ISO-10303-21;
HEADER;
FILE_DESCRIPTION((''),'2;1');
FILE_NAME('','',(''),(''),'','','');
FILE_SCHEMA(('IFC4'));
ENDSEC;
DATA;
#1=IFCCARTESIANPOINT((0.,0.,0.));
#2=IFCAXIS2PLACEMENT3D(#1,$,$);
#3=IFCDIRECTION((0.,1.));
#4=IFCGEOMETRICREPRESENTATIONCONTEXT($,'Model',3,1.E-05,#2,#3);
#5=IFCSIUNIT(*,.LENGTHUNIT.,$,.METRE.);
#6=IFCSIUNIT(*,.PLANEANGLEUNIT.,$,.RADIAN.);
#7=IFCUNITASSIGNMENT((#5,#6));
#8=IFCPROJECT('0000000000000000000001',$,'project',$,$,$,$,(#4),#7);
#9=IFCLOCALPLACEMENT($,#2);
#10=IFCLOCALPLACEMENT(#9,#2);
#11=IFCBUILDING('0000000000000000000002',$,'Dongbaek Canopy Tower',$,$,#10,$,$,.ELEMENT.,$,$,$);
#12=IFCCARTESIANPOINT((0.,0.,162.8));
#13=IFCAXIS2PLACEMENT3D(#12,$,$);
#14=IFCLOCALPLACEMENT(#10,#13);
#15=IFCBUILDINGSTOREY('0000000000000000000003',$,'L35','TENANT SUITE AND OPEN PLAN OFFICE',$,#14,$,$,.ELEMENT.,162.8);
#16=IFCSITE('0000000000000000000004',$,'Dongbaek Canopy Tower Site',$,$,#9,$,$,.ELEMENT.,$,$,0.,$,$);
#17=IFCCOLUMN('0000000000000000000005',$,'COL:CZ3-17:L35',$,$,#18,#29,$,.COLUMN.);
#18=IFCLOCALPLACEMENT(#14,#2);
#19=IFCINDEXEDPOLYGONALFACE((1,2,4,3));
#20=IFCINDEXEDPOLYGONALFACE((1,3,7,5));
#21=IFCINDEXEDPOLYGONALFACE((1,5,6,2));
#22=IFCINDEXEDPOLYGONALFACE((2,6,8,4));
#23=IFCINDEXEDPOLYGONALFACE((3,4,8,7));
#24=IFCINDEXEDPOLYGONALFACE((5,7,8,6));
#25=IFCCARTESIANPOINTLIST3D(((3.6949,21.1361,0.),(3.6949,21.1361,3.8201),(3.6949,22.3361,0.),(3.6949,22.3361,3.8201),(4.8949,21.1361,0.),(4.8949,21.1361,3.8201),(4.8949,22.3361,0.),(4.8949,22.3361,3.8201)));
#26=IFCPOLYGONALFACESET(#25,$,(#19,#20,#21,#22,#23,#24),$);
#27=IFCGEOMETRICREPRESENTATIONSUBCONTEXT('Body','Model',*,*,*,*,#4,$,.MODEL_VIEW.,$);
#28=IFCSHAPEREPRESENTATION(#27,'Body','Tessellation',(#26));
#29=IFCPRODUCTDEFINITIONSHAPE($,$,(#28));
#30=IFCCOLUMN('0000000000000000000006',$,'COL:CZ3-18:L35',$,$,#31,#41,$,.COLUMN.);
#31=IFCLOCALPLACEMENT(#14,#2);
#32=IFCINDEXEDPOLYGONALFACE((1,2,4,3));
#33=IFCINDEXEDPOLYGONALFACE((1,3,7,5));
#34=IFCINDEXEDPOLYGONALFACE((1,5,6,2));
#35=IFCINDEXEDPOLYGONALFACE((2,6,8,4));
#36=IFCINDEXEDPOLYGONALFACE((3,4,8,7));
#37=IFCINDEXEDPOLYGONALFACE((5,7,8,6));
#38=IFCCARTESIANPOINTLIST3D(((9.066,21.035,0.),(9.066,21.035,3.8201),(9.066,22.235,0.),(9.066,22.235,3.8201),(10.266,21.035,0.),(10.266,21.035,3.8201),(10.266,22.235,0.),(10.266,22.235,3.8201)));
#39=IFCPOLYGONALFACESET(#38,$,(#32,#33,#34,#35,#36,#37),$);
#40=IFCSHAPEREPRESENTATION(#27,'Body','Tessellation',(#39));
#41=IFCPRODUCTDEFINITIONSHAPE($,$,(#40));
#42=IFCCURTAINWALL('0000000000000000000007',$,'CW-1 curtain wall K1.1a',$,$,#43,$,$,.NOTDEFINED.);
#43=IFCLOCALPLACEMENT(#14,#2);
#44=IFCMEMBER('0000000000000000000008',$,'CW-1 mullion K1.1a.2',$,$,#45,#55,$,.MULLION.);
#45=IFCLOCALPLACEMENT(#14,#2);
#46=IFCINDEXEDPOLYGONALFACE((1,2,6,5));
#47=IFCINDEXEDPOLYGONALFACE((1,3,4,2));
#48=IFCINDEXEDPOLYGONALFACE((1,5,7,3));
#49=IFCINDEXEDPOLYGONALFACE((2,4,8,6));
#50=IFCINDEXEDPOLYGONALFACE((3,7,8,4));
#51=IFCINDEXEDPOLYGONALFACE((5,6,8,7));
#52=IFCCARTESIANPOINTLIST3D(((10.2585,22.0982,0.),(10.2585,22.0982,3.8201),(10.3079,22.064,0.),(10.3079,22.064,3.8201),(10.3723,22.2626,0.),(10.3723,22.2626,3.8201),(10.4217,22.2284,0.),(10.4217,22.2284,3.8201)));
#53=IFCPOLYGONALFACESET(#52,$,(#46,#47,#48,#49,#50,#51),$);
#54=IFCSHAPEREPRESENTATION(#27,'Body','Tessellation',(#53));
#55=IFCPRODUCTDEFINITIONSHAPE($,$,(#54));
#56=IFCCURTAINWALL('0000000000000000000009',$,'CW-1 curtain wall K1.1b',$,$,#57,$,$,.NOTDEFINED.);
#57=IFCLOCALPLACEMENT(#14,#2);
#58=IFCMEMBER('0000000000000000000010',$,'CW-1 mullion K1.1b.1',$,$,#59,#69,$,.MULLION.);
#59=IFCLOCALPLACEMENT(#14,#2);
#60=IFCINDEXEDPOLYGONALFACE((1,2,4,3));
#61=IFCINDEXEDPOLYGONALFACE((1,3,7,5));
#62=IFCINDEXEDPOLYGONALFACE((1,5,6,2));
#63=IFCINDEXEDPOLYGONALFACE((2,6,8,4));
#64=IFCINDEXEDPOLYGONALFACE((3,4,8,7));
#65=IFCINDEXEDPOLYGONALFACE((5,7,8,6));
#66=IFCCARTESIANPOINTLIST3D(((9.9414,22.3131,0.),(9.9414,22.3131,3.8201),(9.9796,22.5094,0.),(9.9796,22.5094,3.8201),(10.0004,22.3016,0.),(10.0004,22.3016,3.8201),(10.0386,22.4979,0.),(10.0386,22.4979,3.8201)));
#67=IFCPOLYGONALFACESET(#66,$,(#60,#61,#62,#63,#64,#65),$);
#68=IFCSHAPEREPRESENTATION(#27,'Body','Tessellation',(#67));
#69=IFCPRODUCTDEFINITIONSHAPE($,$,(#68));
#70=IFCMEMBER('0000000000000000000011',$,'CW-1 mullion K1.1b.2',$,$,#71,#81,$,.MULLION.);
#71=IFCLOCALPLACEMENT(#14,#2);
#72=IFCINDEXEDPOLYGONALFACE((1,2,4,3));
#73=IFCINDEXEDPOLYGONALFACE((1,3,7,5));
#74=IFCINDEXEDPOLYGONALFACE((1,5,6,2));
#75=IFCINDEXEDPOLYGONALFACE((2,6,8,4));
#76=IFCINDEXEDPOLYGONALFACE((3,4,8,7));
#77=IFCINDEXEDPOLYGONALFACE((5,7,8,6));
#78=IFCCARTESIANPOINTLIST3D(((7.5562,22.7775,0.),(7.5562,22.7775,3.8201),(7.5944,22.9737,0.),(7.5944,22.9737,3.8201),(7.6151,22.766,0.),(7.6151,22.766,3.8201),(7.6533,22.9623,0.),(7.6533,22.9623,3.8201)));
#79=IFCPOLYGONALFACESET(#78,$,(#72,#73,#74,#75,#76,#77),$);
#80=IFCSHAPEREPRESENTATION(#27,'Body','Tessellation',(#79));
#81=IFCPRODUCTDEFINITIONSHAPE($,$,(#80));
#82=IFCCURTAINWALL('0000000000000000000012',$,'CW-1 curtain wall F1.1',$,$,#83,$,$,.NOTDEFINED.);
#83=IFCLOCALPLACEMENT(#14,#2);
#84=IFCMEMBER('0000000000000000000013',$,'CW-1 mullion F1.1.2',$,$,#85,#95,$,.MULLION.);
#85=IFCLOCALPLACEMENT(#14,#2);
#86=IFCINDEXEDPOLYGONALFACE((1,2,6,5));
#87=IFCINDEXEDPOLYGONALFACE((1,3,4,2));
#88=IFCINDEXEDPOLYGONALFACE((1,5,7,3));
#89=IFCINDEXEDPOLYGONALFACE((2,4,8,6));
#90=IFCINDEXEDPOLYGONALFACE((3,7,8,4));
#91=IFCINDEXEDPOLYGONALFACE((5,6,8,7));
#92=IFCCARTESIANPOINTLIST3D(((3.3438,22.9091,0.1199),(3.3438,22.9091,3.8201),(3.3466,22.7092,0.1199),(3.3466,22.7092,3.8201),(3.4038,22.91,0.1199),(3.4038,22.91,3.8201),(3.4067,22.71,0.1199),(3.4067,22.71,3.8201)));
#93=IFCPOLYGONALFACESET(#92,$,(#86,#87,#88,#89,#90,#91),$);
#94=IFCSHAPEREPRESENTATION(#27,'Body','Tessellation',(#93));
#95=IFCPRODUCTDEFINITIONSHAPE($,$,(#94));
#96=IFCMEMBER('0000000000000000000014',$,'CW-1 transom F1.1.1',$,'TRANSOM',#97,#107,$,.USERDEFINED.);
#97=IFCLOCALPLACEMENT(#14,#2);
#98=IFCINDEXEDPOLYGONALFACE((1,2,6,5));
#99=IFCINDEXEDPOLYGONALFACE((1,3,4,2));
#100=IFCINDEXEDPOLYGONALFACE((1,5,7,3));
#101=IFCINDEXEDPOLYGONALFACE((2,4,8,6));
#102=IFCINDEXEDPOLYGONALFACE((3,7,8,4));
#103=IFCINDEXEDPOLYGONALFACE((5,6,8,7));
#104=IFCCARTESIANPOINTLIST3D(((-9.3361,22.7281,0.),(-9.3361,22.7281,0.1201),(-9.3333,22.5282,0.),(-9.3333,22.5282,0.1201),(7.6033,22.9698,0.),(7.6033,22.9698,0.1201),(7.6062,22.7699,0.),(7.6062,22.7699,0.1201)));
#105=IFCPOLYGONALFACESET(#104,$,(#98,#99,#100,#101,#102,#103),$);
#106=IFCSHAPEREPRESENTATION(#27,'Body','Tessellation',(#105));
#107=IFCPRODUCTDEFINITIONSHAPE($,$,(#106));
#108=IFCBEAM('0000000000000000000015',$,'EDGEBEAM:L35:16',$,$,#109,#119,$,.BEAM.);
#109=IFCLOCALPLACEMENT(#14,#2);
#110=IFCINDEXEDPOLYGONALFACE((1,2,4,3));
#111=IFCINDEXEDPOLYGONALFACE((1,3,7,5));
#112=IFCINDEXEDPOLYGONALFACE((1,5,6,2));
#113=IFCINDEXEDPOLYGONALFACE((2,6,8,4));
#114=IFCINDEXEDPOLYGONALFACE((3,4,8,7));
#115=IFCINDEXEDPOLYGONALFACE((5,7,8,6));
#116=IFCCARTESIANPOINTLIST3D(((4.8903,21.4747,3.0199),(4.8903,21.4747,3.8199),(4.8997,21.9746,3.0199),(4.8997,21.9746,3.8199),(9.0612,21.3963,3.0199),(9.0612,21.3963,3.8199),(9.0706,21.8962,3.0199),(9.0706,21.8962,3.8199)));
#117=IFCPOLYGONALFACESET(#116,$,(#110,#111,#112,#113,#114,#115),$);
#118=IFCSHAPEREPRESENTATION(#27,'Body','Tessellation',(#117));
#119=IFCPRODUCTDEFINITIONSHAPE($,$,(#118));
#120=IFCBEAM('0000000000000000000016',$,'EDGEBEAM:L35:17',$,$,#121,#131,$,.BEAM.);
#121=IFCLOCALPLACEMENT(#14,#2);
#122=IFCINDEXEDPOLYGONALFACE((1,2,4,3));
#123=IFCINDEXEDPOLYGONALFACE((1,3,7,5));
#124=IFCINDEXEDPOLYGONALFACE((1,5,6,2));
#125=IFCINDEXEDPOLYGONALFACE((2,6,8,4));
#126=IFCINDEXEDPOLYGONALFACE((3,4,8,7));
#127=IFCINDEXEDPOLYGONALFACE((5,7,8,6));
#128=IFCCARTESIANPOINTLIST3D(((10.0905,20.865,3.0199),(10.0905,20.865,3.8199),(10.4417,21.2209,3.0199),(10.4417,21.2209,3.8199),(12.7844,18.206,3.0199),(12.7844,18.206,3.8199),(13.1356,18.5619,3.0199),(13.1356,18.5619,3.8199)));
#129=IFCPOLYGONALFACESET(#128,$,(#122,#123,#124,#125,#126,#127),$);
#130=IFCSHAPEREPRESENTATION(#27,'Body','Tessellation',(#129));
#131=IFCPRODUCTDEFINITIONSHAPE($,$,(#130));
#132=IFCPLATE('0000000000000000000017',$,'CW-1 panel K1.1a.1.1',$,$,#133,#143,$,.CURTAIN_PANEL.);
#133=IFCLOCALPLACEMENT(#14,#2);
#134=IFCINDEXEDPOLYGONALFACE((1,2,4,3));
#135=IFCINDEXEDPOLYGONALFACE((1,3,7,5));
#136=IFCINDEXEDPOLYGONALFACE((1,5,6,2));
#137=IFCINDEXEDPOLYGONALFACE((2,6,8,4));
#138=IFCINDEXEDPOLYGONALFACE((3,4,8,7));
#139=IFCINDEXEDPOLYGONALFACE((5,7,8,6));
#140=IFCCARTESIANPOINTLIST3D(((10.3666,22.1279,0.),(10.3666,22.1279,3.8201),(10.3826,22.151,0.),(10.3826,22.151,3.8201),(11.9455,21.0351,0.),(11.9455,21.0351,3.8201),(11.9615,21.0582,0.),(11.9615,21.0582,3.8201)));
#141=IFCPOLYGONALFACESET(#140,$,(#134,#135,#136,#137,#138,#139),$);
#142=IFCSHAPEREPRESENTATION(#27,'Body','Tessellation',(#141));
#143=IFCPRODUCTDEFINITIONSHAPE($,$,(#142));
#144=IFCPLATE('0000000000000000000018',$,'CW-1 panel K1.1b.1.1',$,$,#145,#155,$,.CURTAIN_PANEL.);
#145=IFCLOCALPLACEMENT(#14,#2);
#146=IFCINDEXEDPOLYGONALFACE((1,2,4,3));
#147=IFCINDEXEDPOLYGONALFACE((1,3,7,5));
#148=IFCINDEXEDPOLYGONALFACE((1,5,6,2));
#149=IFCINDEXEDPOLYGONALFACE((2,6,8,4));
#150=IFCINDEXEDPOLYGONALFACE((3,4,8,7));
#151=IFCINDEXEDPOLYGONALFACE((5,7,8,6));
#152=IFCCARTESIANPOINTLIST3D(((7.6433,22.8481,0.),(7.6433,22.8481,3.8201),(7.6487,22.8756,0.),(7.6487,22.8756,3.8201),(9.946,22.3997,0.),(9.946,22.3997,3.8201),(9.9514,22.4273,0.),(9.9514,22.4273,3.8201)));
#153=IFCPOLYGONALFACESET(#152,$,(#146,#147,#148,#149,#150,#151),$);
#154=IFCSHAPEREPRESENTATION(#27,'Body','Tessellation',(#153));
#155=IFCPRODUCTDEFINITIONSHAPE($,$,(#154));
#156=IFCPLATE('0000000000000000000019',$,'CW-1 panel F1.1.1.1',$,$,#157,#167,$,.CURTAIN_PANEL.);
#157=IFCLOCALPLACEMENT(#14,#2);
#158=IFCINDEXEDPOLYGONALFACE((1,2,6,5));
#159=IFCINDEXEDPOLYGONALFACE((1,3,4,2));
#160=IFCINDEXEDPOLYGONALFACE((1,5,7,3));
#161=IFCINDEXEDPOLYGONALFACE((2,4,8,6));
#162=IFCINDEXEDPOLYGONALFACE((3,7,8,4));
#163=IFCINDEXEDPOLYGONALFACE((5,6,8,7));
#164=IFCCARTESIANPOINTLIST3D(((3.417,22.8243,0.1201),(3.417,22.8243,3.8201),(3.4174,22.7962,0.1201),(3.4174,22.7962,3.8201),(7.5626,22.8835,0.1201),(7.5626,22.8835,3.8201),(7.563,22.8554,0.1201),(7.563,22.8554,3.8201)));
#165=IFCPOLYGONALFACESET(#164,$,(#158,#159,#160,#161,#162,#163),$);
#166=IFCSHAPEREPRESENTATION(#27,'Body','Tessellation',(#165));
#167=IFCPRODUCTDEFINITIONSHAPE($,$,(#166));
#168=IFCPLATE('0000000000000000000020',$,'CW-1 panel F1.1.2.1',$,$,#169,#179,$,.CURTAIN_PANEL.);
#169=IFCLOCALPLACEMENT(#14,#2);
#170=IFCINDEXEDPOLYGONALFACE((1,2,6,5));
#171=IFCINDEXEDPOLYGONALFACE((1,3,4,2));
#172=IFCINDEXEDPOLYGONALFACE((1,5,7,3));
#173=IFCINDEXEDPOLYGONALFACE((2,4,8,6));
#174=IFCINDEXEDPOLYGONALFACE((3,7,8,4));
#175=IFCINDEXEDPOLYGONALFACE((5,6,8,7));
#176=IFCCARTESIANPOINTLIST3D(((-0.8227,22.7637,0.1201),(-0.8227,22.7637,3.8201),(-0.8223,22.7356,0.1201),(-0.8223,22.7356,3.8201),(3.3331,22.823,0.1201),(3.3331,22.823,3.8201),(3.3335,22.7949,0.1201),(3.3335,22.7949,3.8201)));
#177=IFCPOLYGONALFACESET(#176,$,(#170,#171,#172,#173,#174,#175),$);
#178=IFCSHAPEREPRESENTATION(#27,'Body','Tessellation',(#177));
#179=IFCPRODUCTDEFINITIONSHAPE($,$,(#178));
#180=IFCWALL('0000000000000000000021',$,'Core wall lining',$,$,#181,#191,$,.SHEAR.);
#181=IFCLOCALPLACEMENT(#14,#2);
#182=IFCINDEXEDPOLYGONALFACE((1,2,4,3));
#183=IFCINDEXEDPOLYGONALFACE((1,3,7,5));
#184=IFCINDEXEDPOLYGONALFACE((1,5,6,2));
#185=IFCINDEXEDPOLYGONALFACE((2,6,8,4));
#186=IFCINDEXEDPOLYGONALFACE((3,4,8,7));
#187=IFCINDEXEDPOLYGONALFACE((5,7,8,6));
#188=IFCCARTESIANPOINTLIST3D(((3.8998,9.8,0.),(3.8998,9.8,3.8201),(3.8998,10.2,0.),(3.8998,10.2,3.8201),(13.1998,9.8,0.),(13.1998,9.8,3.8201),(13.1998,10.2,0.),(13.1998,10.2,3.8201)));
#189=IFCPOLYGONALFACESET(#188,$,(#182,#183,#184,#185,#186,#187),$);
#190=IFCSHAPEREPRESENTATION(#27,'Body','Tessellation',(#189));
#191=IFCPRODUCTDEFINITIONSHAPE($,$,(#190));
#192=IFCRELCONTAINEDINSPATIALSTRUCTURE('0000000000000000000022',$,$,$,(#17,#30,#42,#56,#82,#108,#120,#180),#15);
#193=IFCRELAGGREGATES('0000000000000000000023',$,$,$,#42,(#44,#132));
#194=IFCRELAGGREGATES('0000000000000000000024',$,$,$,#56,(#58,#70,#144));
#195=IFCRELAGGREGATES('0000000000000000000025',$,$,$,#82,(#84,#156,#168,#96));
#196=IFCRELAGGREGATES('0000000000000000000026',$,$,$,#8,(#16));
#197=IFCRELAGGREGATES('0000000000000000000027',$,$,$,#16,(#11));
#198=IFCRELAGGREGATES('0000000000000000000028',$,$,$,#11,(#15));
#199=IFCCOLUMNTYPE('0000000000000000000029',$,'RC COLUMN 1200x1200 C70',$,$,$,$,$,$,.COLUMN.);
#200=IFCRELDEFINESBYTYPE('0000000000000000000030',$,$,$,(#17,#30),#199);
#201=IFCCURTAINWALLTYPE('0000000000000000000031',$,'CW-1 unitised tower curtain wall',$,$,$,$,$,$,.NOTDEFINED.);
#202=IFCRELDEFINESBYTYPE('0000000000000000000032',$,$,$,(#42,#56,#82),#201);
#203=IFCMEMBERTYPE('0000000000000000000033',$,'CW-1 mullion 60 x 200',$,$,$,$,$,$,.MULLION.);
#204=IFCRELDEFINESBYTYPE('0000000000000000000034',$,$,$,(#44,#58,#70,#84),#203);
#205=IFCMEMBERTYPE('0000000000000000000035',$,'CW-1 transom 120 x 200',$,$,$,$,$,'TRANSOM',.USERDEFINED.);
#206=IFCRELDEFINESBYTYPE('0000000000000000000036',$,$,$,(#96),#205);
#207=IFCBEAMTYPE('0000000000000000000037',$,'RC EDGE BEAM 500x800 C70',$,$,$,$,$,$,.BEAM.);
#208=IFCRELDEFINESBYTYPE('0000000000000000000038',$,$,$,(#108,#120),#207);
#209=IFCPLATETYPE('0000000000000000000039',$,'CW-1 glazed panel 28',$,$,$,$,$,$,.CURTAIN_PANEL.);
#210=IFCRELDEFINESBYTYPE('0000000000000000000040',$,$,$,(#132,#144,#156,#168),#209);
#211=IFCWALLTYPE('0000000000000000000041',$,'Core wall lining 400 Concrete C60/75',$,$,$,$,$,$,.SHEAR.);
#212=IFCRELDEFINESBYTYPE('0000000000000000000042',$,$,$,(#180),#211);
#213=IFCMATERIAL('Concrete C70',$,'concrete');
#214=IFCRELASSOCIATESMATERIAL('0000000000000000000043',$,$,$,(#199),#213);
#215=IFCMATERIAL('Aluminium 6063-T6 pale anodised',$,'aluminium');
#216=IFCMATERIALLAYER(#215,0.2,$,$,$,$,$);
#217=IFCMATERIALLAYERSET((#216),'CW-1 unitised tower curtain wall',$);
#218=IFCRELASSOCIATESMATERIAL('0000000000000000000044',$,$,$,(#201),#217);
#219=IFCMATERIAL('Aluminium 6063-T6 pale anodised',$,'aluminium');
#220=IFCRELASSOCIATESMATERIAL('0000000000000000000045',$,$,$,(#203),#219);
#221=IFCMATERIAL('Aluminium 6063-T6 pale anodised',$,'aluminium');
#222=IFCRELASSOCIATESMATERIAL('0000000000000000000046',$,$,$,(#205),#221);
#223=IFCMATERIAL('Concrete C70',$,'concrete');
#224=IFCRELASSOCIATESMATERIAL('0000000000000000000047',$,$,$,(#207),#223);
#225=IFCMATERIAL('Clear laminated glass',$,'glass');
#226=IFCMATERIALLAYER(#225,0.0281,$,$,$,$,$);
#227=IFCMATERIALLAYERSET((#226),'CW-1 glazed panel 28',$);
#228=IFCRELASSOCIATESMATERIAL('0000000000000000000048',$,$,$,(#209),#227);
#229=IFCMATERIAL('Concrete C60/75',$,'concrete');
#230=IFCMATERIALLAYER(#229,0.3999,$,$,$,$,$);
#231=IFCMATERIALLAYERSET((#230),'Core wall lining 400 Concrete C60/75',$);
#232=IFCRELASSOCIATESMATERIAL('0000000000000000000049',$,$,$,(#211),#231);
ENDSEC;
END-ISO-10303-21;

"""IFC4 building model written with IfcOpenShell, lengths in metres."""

from ifc_helpers import new_model, si_unit, direction, frame, frame_2d, origin, origin_2d, place, context, subcontext, project, spatial, rectangle, extrude, material, layer, layer_set, material_profile, profile_set, type_object, element, aggregate, save


model = new_model("IFC4")

# Units and contexts
model_context = context("Model", 3, precision=1e-05, world=origin(), true_north=direction((0.0, 1.0)))
body_context = subcontext(model_context, "Body", "Model", "MODEL_VIEW")
ifc_project = project(units=[si_unit("LENGTHUNIT", "METRE"), si_unit("PLANEANGLEUNIT", "RADIAN")], contexts=[model_context])

# Site, building, storey
site_placement = place(None, origin())
site = spatial("IfcSite", under=ifc_project, at=site_placement, Name="Dongbaek Canopy Tower Site", CompositionType="ELEMENT", RefElevation=0.0)
building_placement = place(site_placement, origin())
building = spatial("IfcBuilding", under=site, at=building_placement, Name="Dongbaek Canopy Tower", CompositionType="ELEMENT")
storey_placement = place(building_placement, frame((0.0, 0.0, 162.8)))
storey = spatial("IfcBuildingStorey", under=building, at=storey_placement, Name="L35", Description="TENANT SUITE AND OPEN PLAN OFFICE", CompositionType="ELEMENT", Elevation=162.8)

# Columns
ifc_material_1 = material(Name="Concrete C70", Category="concrete")
ifc_material_profile_1 = material_profile(ifc_material_1, rectangle(XDim=1.2, YDim=1.2, at=origin_2d()), Name="RC COLUMN 1200x1200 C70")
ifc_profile_set_1 = profile_set([ifc_material_profile_1], Name="Concrete C70")
column_type = type_object("IfcColumnType", Name="RC COLUMN 1200x1200 C70", PredefinedType="COLUMN", material=ifc_profile_set_1)
for number, where, z_axis, x_axis, name in (
    (1, (4.2949, 21.7361, 0.0), (0.0, 0.0, 1.0), (1.0, 0.0, 0.0), "COL:CZ3-17:L35"),
    (2, (9.666, 21.635, 0.0), (0.0, 0.0, 1.0), (1.0, 0.0, 0.0), "COL:CZ3-18:L35"),
):
    element("IfcColumn", number, at=place(storey_placement, frame(where, z_axis=z_axis, x_axis=x_axis)), inside=storey, type_object=column_type, Name=name, PredefinedType="COLUMN", context=body_context, shape_type="SweptSolid", body=[
        extrude(rectangle(XDim=1.2, YDim=1.2, at=origin_2d()), origin(), (0.0, 0.0, 1.0), 3.8201),
    ])

# Curtain wall, member
ifc_material_2 = material(Name="Aluminium 6063-T6 pale anodised", Category="aluminium")
ifc_layer_1 = layer(ifc_material_2, 0.2)
ifc_layer_set_1 = layer_set([ifc_layer_1], Name="CW-1 unitised tower curtain wall")
curtain_wall_type = type_object("IfcCurtainWallType", Name="CW-1 unitised tower curtain wall", PredefinedType="NOTDEFINED", material=ifc_layer_set_1)
curtain_wall_1_placement = place(storey_placement, origin())
curtain_wall_1 = element("IfcCurtainWall", 3, at=curtain_wall_1_placement, inside=storey, type_object=curtain_wall_type, Name="CW-1 curtain wall K1.1a", PredefinedType="NOTDEFINED")
ifc_material_3 = material(Name="Aluminium 6063-T6 pale anodised", Category="aluminium")
ifc_material_profile_2 = material_profile(ifc_material_3, rectangle(XDim=0.2, YDim=0.0601, at=origin_2d()), Name="CW-1 mullion 60 x 200")
ifc_profile_set_2 = profile_set([ifc_material_profile_2], Name="Aluminium 6063-T6 pale anodised")
member_type_1 = type_object("IfcMemberType", Name="CW-1 mullion 60 x 200", PredefinedType="MULLION", material=ifc_profile_set_2)
member_1_placement = place(storey_placement, frame((10.3401, 22.1633, 0.0), z_axis=(0.0, 0.0, 1.0), x_axis=(0.569121, 0.822254, 0.0)))
member_1 = element("IfcMember", 4, at=member_1_placement, type_object=member_type_1, Name="CW-1 mullion K1.1a.2", PredefinedType="MULLION", context=body_context, shape_type="SweptSolid", body=[
    extrude(rectangle(XDim=0.2, YDim=0.0601, at=origin_2d()), origin(), (0.0, 0.0, 1.0), 3.8201),
])

# Curtain walls, members
curtain_wall_2_placement = place(storey_placement, origin())
curtain_wall_2 = element("IfcCurtainWall", 5, at=curtain_wall_2_placement, inside=storey, type_object=curtain_wall_type, Name="CW-1 curtain wall K1.1b", PredefinedType="NOTDEFINED")
member_2_placement = place(storey_placement, frame((9.99, 22.4055, 0.0), z_axis=(0.0, 0.0, 1.0), x_axis=(0.191111, 0.981568, 0.0)))
member_2 = element("IfcMember", 6, at=member_2_placement, type_object=member_type_1, Name="CW-1 mullion K1.1b.1", PredefinedType="MULLION", context=body_context, shape_type="SweptSolid", body=[
    extrude(rectangle(XDim=0.2, YDim=0.0601, at=origin_2d()), origin(), (0.0, 0.0, 1.0), 3.8201),
])
member_3_placement = place(storey_placement, frame((7.6047, 22.8699, 0.0), z_axis=(0.0, 0.0, 1.0), x_axis=(0.191111, 0.981568, 0.0)))
member_3 = element("IfcMember", 7, at=member_3_placement, type_object=member_type_1, Name="CW-1 mullion K1.1b.2", PredefinedType="MULLION", context=body_context, shape_type="SweptSolid", body=[
    extrude(rectangle(XDim=0.2, YDim=0.0601, at=origin_2d()), origin(), (0.0, 0.0, 1.0), 3.8201),
])
curtain_wall_3_placement = place(storey_placement, origin())
curtain_wall_3 = element("IfcCurtainWall", 8, at=curtain_wall_3_placement, inside=storey, type_object=curtain_wall_type, Name="CW-1 curtain wall F1.1", PredefinedType="NOTDEFINED")
member_4_placement = place(storey_placement, frame((3.3752, 22.8096, 0.1199), z_axis=(0.0, 0.0, 1.0), x_axis=(-0.014277, 0.999898, 0.0)))
member_4 = element("IfcMember", 9, at=member_4_placement, type_object=member_type_1, Name="CW-1 mullion F1.1.2", PredefinedType="MULLION", context=body_context, shape_type="SweptSolid", body=[
    extrude(rectangle(XDim=0.2, YDim=0.0601, at=origin_2d()), origin(), (0.0, 0.0, 1.0), 3.7002),
])
ifc_material_4 = material(Name="Aluminium 6063-T6 pale anodised", Category="aluminium")
ifc_material_profile_3 = material_profile(ifc_material_4, rectangle(XDim=0.2, YDim=0.1201, at=origin_2d()), Name="CW-1 transom 120 x 200")
ifc_profile_set_3 = profile_set([ifc_material_profile_3], Name="Aluminium 6063-T6 pale anodised")
member_type_2 = type_object("IfcMemberType", Name="CW-1 transom 120 x 200", ElementType="TRANSOM", PredefinedType="USERDEFINED", material=ifc_profile_set_3)
member_5_placement = place(storey_placement, frame((7.6047, 22.8699, 0.0601), z_axis=(-0.999898, -0.014267, 0.0), x_axis=(0.014267, -0.999898, 0.0)))
member_5 = element("IfcMember", 10, at=member_5_placement, type_object=member_type_2, Name="CW-1 transom F1.1.1", ObjectType="TRANSOM", PredefinedType="USERDEFINED", context=body_context, shape_type="SweptSolid", body=[
    extrude(rectangle(XDim=0.2, YDim=0.1201, at=origin_2d()), origin(), (0.0, 0.0, 1.0), 16.9412),
])

# Beams
ifc_material_5 = material(Name="Concrete C70", Category="concrete")
ifc_material_profile_4 = material_profile(ifc_material_5, rectangle(XDim=0.5, YDim=0.8, at=origin_2d()), Name="RC EDGE BEAM 500x800 C70")
ifc_profile_set_4 = profile_set([ifc_material_profile_4], Name="Concrete C70")
beam_type = type_object("IfcBeamType", Name="RC EDGE BEAM 500x800 C70", PredefinedType="BEAM", material=ifc_profile_set_4)
beam_1_placement = place(storey_placement, frame((4.895, 21.7246, 3.4199), z_axis=(0.999824, -0.018786, 0.0), x_axis=(0.018786, 0.999824, 0.0)))
element("IfcBeam", 11, at=beam_1_placement, inside=storey, type_object=beam_type, Name="EDGEBEAM:L35:16", PredefinedType="BEAM", context=body_context, shape_type="SweptSolid", body=[
    extrude(rectangle(XDim=0.5, YDim=0.8, at=origin_2d()), origin(), (0.0, 0.0, 1.0), 4.1716),
])
beam_2_placement = place(storey_placement, frame((10.2661, 21.043, 3.4199), z_axis=(0.711704, -0.70248, 0.0), x_axis=(0.70248, 0.711704, 0.0)))
element("IfcBeam", 12, at=beam_2_placement, inside=storey, type_object=beam_type, Name="EDGEBEAM:L35:17", PredefinedType="BEAM", context=body_context, shape_type="SweptSolid", body=[
    extrude(rectangle(XDim=0.5, YDim=0.8, at=origin_2d()), origin(), (0.0, 0.0, 1.0), 3.7852),
])

# Plates
ifc_material_6 = material(Name="Clear laminated glass", Category="glass")
ifc_layer_2 = layer(ifc_material_6, 0.0281)
ifc_layer_set_2 = layer_set([ifc_layer_2], Name="CW-1 glazed panel 28")
plate_type = type_object("IfcPlateType", Name="CW-1 glazed panel 28", PredefinedType="CURTAIN_PANEL", material=ifc_layer_set_2)
plate_1_placement = place(storey_placement, frame((11.1641, 21.593, 0.0), z_axis=(0.0, 0.0, 1.0), x_axis=(-0.822254, 0.569121, 0.0)))
plate_1 = element("IfcPlate", 13, at=plate_1_placement, type_object=plate_type, Name="CW-1 panel K1.1a.1.1", PredefinedType="CURTAIN_PANEL", context=body_context, shape_type="SweptSolid", body=[
    extrude(rectangle(XDim=1.9202, YDim=0.0281, at=origin_2d()), origin(), (0.0, 0.0, 1.0), 3.8201),
])
aggregate(curtain_wall_1, [member_1, plate_1])
plate_2_placement = place(storey_placement, frame((8.7974, 22.6377, 0.0), z_axis=(0.0, 0.0, 1.0), x_axis=(-0.981568, 0.191111, 0.0)))
plate_2 = element("IfcPlate", 14, at=plate_2_placement, type_object=plate_type, Name="CW-1 panel K1.1b.1.1", PredefinedType="CURTAIN_PANEL", context=body_context, shape_type="SweptSolid", body=[
    extrude(rectangle(XDim=2.3459, YDim=0.0281, at=origin_2d()), origin(), (0.0, 0.0, 1.0), 3.8201),
])
aggregate(curtain_wall_2, [member_2, member_3, plate_2])
plate_3_placement = place(storey_placement, frame((5.49, 22.8398, 0.1201), z_axis=(0.0, 0.0, 1.0), x_axis=(-0.999898, -0.014277, 0.0)))
plate_3 = element("IfcPlate", 15, at=plate_3_placement, type_object=plate_type, Name="CW-1 panel F1.1.1.1", PredefinedType="CURTAIN_PANEL", context=body_context, shape_type="SweptSolid", body=[
    extrude(rectangle(XDim=4.146, YDim=0.0281, at=origin_2d()), origin(), (0.0, 0.0, 1.0), 3.7),
])
plate_4_placement = place(storey_placement, frame((1.2554, 22.7793, 0.1201), z_axis=(0.0, 0.0, 1.0), x_axis=(-0.999898, -0.014277, 0.0)))
plate_4 = element("IfcPlate", 16, at=plate_4_placement, type_object=plate_type, Name="CW-1 panel F1.1.2.1", PredefinedType="CURTAIN_PANEL", context=body_context, shape_type="SweptSolid", body=[
    extrude(rectangle(XDim=4.1562, YDim=0.0281, at=origin_2d()), origin(), (0.0, 0.0, 1.0), 3.7),
])

# Wall
ifc_material_7 = material(Name="Concrete C60/75", Category="concrete")
ifc_layer_3 = layer(ifc_material_7, 0.3999)
ifc_layer_set_3 = layer_set([ifc_layer_3], Name="Core wall lining 400 Concrete C60/75")
wall_type_1 = type_object("IfcWallType", Name="Core wall lining 400 Concrete C60/75", PredefinedType="SHEAR", material=ifc_layer_set_3)
wall_1_placement = place(storey_placement, frame((3.8999, 10.0, 0.0), z_axis=(0.0, 0.0, 1.0), x_axis=(1.0, 0.0, 0.0)))
element("IfcWall", 17, at=wall_1_placement, inside=storey, type_object=wall_type_1, Name="Core wall lining", PredefinedType="SHEAR", context=body_context, shape_type="SweptSolid", body=[
    extrude(rectangle(XDim=9.3, YDim=0.3999, at=frame_2d((4.6499, 0.0))), origin(), (0.0, 0.0, 1.0), 3.8201),
])

aggregate(curtain_wall_3, [member_4, plate_3, plate_4, member_5])

save(model, "model.ifc")
